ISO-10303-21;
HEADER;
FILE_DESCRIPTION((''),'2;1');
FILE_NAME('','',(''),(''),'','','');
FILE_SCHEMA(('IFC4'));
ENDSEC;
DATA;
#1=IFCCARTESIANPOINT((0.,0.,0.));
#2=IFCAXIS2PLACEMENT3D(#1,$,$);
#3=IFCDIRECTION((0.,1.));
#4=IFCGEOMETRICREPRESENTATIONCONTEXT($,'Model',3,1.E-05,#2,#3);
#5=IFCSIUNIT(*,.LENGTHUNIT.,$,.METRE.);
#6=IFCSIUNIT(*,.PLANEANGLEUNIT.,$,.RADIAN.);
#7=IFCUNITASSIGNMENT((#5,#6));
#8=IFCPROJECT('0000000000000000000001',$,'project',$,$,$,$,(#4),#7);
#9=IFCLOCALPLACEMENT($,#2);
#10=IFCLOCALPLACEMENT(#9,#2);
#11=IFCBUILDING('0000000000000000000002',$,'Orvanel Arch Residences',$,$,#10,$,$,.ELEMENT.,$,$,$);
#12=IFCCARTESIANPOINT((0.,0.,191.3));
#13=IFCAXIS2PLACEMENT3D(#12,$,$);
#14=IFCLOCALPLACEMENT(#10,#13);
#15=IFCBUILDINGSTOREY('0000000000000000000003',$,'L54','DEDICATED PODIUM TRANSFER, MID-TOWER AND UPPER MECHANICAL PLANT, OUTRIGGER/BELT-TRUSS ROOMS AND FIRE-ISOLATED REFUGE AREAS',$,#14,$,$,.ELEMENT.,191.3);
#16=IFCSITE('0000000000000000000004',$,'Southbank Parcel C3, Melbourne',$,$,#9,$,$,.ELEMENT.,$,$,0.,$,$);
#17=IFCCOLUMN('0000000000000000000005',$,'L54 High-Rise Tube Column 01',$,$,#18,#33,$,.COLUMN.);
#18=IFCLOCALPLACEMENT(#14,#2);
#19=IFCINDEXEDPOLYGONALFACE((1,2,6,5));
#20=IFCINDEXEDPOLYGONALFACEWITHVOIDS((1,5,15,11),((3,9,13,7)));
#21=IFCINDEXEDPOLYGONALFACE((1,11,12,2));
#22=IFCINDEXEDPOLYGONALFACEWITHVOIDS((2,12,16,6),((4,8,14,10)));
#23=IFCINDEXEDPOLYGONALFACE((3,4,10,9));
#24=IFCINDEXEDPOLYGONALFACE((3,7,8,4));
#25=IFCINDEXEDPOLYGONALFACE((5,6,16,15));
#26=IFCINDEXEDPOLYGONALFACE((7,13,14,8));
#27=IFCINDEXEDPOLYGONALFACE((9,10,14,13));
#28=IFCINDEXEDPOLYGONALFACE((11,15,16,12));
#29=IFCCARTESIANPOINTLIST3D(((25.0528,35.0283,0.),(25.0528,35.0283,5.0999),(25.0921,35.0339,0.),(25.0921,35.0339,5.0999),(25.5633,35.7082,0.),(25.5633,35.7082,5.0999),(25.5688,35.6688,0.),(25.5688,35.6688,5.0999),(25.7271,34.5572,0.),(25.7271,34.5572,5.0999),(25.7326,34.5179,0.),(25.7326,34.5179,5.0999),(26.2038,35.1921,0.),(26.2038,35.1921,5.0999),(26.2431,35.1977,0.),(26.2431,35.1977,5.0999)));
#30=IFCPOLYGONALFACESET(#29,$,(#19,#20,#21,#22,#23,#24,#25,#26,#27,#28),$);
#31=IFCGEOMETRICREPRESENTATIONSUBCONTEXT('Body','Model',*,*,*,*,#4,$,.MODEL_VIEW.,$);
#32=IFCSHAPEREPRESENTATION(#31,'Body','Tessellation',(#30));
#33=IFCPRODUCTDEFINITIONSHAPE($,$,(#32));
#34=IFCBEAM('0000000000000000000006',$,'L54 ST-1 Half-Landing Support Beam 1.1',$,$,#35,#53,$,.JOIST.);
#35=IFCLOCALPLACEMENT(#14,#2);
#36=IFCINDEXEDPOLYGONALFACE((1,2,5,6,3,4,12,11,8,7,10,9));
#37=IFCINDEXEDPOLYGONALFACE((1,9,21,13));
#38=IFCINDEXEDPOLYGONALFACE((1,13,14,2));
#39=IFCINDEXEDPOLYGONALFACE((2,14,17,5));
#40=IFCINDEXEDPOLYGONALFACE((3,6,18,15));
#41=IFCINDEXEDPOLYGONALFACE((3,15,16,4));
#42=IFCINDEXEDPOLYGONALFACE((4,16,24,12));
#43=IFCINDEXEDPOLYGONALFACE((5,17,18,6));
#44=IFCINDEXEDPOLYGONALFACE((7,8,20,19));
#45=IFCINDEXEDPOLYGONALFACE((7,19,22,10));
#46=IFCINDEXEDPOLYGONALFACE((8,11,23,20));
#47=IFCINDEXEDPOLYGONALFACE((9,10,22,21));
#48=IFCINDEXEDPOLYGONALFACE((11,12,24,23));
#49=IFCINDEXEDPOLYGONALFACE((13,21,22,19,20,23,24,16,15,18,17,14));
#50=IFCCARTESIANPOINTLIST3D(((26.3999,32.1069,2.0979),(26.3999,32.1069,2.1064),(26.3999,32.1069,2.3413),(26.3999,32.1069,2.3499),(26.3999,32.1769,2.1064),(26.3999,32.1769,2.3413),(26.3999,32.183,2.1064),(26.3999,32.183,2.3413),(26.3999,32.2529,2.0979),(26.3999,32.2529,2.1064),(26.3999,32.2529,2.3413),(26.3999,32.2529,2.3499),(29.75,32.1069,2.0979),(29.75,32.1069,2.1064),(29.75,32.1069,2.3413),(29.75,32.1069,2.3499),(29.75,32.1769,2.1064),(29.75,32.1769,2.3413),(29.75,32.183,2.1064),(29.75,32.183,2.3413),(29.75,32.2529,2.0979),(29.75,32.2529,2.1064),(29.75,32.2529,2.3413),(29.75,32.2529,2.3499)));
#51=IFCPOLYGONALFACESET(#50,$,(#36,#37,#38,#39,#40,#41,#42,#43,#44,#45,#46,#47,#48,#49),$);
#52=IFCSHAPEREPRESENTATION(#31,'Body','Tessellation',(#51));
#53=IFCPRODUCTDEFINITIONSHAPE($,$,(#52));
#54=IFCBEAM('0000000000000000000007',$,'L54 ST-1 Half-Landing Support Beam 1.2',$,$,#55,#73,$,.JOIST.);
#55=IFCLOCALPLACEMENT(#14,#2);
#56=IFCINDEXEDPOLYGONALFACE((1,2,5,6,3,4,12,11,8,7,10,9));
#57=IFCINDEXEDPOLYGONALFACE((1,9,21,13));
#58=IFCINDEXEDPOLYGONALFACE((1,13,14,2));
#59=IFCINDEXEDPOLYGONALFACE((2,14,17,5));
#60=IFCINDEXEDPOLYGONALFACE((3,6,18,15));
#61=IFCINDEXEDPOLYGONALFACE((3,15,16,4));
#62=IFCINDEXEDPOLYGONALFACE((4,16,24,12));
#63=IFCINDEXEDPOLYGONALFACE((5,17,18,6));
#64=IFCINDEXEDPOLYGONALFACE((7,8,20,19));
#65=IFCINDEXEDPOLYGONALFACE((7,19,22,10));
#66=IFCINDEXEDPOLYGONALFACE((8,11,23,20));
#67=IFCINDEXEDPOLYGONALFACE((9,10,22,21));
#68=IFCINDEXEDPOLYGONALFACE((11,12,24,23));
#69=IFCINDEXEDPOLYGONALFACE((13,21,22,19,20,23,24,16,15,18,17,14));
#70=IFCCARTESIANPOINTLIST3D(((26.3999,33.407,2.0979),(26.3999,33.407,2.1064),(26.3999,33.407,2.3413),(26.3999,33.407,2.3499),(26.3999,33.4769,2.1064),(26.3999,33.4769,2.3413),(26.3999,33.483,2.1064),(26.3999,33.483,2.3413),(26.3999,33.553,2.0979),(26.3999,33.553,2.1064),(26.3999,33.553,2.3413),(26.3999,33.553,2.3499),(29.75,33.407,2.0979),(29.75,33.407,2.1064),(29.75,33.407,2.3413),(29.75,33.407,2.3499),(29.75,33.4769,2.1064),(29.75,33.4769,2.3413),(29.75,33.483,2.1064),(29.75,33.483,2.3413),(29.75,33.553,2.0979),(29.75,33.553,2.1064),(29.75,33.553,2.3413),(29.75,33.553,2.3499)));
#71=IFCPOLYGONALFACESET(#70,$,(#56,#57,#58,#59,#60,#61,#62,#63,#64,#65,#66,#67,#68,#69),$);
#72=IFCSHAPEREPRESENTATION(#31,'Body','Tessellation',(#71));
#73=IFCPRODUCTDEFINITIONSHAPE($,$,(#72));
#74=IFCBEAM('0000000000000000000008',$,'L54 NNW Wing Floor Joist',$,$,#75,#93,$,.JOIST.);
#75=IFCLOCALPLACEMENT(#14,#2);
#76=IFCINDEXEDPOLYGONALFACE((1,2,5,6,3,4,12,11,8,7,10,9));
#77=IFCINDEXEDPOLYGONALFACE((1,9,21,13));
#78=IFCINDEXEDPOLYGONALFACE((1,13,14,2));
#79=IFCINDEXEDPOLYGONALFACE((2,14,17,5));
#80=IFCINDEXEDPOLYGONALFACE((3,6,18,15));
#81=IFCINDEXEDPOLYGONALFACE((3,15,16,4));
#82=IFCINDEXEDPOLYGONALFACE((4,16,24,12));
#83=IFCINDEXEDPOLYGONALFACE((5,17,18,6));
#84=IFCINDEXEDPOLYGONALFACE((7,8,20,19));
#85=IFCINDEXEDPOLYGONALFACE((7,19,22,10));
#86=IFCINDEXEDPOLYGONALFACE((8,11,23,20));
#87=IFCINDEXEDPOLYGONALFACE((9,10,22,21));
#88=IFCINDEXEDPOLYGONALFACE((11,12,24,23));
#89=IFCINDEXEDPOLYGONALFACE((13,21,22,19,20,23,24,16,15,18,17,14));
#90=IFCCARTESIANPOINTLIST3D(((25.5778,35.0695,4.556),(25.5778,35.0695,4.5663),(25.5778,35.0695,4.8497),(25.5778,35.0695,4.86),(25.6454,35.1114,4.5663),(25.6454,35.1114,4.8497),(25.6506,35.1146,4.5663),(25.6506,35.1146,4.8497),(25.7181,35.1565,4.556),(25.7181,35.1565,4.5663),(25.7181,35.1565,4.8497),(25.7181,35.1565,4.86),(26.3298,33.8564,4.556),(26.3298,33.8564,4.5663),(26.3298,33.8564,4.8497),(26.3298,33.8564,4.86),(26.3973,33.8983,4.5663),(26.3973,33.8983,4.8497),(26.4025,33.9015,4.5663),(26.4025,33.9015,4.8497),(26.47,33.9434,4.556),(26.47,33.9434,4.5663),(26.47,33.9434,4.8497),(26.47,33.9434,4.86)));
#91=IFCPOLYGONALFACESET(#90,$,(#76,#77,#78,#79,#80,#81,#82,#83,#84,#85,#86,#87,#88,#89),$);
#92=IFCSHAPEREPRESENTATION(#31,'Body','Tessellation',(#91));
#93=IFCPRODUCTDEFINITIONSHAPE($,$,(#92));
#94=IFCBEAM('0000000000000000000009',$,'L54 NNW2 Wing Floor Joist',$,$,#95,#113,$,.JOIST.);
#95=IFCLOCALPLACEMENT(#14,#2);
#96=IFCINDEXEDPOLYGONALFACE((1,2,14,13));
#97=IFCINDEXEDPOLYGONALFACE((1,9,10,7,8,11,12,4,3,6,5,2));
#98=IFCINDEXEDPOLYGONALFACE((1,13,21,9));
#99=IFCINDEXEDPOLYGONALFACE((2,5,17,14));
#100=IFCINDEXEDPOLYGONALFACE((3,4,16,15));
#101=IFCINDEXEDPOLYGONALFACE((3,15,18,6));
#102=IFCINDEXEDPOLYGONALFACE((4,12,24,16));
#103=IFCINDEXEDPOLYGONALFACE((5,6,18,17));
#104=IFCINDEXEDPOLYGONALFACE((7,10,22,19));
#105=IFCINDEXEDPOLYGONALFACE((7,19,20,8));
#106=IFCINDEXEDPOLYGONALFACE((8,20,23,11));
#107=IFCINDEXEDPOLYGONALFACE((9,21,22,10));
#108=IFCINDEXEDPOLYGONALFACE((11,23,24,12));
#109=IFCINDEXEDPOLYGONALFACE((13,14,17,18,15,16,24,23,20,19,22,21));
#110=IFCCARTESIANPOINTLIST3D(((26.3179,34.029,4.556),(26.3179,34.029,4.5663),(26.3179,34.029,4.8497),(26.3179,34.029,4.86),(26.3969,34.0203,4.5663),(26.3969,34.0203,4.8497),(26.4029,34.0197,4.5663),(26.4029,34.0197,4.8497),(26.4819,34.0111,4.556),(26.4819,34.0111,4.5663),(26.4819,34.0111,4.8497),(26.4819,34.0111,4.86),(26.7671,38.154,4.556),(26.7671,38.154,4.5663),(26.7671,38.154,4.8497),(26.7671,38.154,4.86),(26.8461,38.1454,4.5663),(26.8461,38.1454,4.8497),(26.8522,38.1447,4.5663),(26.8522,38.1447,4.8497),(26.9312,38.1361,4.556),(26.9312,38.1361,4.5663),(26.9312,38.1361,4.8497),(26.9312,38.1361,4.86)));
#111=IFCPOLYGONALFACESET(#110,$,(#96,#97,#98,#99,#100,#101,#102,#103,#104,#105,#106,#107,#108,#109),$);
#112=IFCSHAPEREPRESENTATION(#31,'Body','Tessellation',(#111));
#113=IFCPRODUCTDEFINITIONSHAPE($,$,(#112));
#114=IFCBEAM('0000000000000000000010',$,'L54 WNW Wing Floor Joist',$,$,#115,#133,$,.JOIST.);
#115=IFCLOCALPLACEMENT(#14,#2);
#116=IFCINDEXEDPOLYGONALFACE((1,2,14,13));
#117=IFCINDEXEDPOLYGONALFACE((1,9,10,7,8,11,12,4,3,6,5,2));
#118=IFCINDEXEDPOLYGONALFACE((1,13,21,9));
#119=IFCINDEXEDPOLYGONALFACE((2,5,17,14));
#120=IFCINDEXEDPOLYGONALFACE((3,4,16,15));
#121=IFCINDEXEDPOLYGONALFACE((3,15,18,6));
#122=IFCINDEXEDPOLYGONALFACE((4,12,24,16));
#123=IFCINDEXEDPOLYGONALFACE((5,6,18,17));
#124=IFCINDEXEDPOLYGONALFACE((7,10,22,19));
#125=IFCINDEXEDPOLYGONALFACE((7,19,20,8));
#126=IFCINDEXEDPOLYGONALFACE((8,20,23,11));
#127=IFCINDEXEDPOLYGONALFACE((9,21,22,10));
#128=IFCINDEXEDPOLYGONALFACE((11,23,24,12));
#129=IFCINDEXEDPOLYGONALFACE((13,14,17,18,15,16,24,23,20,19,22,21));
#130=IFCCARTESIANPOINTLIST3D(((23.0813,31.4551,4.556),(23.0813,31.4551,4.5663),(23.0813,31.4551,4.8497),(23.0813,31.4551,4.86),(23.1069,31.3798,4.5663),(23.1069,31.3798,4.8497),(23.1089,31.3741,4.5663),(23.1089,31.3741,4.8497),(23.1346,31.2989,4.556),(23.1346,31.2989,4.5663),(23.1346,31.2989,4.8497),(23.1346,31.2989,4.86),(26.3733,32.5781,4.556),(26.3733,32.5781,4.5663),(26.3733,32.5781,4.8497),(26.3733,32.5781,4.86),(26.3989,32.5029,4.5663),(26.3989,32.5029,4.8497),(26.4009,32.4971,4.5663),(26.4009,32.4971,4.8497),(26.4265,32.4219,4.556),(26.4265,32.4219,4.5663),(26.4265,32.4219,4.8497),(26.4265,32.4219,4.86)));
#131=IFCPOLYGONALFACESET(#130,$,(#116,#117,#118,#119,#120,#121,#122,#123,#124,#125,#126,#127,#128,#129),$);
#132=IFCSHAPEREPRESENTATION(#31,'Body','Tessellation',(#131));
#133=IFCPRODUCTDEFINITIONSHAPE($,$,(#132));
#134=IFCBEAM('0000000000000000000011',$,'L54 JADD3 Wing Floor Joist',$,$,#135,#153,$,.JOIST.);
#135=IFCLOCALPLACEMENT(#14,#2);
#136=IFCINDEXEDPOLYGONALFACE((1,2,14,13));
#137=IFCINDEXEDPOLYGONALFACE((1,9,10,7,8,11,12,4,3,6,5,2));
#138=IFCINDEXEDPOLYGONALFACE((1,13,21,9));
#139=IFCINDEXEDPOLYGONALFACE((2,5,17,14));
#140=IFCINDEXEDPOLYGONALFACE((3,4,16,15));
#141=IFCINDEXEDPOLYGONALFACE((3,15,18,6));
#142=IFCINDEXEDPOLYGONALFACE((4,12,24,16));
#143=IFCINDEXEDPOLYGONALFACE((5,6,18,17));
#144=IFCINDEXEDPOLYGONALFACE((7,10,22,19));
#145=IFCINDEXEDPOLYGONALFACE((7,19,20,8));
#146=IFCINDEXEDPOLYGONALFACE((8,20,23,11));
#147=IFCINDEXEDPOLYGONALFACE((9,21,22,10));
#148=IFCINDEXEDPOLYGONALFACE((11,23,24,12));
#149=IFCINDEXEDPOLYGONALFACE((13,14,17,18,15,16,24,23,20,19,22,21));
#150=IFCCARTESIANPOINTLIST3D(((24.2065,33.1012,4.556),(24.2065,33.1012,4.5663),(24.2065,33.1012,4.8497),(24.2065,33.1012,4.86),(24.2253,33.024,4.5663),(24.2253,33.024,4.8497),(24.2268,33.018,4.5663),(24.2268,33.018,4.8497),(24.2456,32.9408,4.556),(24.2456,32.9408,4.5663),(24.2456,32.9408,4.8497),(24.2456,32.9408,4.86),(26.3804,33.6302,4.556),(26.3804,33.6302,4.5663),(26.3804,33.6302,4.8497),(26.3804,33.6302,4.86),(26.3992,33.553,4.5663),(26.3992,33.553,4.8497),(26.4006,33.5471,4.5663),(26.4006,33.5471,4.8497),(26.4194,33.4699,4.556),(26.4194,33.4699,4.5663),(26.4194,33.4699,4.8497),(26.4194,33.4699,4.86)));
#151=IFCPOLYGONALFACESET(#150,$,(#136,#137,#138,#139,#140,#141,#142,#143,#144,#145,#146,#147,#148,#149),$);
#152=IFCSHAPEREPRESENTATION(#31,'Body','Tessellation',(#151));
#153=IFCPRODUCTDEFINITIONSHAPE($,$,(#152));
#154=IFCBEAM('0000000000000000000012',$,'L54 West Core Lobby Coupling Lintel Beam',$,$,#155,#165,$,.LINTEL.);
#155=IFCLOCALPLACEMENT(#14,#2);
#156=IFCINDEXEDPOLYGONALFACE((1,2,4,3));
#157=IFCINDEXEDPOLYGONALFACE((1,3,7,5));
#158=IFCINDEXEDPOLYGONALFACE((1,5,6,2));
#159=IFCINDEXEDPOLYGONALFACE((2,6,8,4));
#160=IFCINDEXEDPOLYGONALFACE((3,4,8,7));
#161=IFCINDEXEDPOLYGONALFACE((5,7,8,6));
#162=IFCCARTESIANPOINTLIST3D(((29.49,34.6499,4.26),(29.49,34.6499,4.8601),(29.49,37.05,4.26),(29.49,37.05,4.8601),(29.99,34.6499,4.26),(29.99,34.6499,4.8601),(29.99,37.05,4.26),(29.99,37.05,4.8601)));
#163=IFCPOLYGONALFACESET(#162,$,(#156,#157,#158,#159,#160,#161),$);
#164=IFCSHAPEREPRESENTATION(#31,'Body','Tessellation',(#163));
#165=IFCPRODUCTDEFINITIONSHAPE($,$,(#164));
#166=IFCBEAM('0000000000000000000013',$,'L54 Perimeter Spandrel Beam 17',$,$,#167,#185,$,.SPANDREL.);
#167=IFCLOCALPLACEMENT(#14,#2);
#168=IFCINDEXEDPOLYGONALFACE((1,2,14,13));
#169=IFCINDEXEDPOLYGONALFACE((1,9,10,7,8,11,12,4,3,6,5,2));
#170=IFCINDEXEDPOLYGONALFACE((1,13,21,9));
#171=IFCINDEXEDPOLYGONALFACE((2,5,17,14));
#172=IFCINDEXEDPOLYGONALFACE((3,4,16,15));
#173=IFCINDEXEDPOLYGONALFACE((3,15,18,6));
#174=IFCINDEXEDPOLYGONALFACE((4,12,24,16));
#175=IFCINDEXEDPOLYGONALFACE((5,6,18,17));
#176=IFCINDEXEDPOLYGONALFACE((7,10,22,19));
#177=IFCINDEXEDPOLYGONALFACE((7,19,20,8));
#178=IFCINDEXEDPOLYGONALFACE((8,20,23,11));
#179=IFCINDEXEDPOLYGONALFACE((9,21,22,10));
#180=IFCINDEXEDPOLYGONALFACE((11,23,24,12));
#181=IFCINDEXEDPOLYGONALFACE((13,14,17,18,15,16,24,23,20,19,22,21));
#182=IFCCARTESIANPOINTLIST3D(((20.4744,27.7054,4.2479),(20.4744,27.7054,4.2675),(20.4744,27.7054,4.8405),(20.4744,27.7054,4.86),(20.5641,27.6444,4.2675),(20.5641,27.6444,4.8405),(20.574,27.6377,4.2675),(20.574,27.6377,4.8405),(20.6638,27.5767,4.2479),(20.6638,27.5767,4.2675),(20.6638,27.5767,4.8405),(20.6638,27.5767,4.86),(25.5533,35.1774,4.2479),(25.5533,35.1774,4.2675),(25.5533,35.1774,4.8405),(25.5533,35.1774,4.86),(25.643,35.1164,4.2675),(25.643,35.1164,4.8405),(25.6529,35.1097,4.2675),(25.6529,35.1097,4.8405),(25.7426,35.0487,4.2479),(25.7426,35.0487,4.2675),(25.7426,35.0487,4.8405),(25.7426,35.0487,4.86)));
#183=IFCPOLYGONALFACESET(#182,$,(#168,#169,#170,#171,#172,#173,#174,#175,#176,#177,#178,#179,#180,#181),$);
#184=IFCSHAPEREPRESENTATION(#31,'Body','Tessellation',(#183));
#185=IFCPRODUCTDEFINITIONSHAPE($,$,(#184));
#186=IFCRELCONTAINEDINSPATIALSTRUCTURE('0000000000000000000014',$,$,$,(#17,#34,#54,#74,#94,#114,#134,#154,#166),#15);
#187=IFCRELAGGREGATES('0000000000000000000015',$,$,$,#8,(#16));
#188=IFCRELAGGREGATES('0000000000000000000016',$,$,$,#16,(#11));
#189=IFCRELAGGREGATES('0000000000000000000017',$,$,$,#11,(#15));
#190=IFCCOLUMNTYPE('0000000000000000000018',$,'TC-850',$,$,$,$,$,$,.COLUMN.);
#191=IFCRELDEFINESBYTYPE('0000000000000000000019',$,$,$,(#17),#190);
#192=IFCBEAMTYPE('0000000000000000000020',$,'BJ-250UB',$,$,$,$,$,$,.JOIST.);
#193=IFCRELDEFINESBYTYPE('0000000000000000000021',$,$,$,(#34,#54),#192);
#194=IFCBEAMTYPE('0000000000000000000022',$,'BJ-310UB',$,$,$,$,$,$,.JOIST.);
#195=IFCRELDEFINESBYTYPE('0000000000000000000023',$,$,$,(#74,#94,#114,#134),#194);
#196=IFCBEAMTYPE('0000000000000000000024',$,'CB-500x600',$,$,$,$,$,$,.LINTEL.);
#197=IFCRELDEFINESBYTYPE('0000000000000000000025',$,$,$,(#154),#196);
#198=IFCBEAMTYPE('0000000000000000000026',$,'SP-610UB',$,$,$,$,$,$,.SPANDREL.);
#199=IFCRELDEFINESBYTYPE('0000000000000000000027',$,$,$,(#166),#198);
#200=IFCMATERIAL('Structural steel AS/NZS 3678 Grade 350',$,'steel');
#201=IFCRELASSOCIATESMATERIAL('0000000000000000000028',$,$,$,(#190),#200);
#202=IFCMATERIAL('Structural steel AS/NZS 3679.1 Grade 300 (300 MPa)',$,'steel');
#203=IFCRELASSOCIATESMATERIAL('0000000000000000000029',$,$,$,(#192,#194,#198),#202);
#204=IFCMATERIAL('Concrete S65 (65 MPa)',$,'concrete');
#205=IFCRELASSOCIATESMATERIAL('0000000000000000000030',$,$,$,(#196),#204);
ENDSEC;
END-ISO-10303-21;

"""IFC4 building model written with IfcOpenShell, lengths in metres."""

from ifc_helpers import new_model, si_unit, direction, frame, origin, origin_2d, place, context, subcontext, project, spatial, rectangle, hollow_rectangle, i_section, extrude, material, material_profile, profile_set, type_object, element, save


model = new_model("IFC4")

# Units and contexts
model_context = context("Model", 3, precision=1e-05, world=origin(), true_north=direction((0.0, 1.0)))
body_context = subcontext(model_context, "Body", "Model", "MODEL_VIEW")
ifc_project = project(units=[si_unit("LENGTHUNIT", "METRE"), si_unit("PLANEANGLEUNIT", "RADIAN")], contexts=[model_context])

# Site, building, storey
site_placement = place(None, origin())
site = spatial("IfcSite", under=ifc_project, at=site_placement, Name="Southbank Parcel C3, Melbourne", CompositionType="ELEMENT", RefElevation=0.0)
building_placement = place(site_placement, origin())
building = spatial("IfcBuilding", under=site, at=building_placement, Name="Orvanel Arch Residences", CompositionType="ELEMENT")
storey_placement = place(building_placement, frame((0.0, 0.0, 191.3)))
storey = spatial("IfcBuildingStorey", under=building, at=storey_placement, Name="L54", Description="DEDICATED PODIUM TRANSFER, MID-TOWER AND UPPER MECHANICAL PLANT, OUTRIGGER/BELT-TRUSS ROOMS AND FIRE-ISOLATED REFUGE AREAS", CompositionType="ELEMENT", Elevation=191.3)

# Column
ifc_material_1 = material(Name="Structural steel AS/NZS 3678 Grade 350", Category="steel")
ifc_material_profile_1 = material_profile(ifc_material_1, hollow_rectangle(XDim=0.8501, YDim=0.8501, WallThickness=0.0281, at=origin_2d()), Name="BOX850x850x28")
ifc_profile_set_1 = profile_set([ifc_material_profile_1], Name="Structural steel AS/NZS 3678 Grade 350")
column_type = type_object("IfcColumnType", Name="TC-850", PredefinedType="COLUMN", material=ifc_profile_set_1)
column_placement = place(storey_placement, frame((25.6479, 35.113, 0.0), z_axis=(0.0, 0.0, 1.0), x_axis=(0.60042, 0.799685, 0.0)))
element("IfcColumn", 1, at=column_placement, inside=storey, type_object=column_type, Name="L54 High-Rise Tube Column 01", PredefinedType="COLUMN", context=body_context, shape_type="SweptSolid", body=[
    extrude(hollow_rectangle(XDim=0.8501, YDim=0.8501, WallThickness=0.0281, at=origin_2d()), origin(), (0.0, 0.0, 1.0), 5.0999),
])

# Beams
ifc_material_2 = material(Name="Structural steel AS/NZS 3679.1 Grade 300 (300 MPa)", Category="steel")
ifc_material_profile_2 = material_profile(ifc_material_2, i_section(OverallWidth=0.146, OverallDepth=0.252, WebThickness=0.0061, FlangeThickness=0.0085, at=origin_2d()), Name="250UB31.4")
ifc_profile_set_2 = profile_set([ifc_material_profile_2], Name="Structural steel AS/NZS 3679.1 Grade 300 (300 MPa)")
beam_type_1 = type_object("IfcBeamType", Name="BJ-250UB", PredefinedType="JOIST", material=ifc_profile_set_2)
for number, where, z_axis, x_axis, name in (
    (2, (26.3999, 32.1799, 2.2239), (1.0, 0.0, 0.0), (0.0, 1.0, 0.0), "L54 ST-1 Half-Landing Support Beam 1.1"),
    (3, (26.3999, 33.48, 2.2239), (1.0, 0.0, 0.0), (0.0, 1.0, 0.0), "L54 ST-1 Half-Landing Support Beam 1.2"),
):
    element("IfcBeam", number, at=place(storey_placement, frame(where, z_axis=z_axis, x_axis=x_axis)), inside=storey, type_object=beam_type_1, Name=name, PredefinedType="JOIST", context=body_context, shape_type="SweptSolid", body=[
        extrude(i_section(OverallWidth=0.146, OverallDepth=0.252, WebThickness=0.0061, FlangeThickness=0.0085, at=origin_2d()), origin(), (0.0, 0.0, 1.0), 3.3501),
    ])
ifc_material_profile_3 = material_profile(ifc_material_2, i_section(OverallWidth=0.165, OverallDepth=0.304, WebThickness=0.0061, FlangeThickness=0.0103, at=origin_2d()), Name="310UB40.4")
ifc_profile_set_3 = profile_set([ifc_material_profile_3], Name="Structural steel AS/NZS 3679.1 Grade 300 (300 MPa)")
beam_type_2 = type_object("IfcBeamType", Name="BJ-310UB", PredefinedType="JOIST", material=ifc_profile_set_3)
beam_1_placement = place(storey_placement, frame((26.3999, 33.8999, 4.708), z_axis=(-0.526843, 0.849962, 0.0), x_axis=(-0.849962, -0.526843, 0.0)))
element("IfcBeam", 4, at=beam_1_placement, inside=storey, type_object=beam_type_2, Name="L54 NNW Wing Floor Joist", PredefinedType="JOIST", context=body_context, shape_type="SweptSolid", body=[
    extrude(i_section(OverallWidth=0.165, OverallDepth=0.304, WebThickness=0.0061, FlangeThickness=0.0103, at=origin_2d()), origin(), (0.0, 0.0, 1.0), 1.4272),
])
beam_2_placement = place(storey_placement, frame((26.3999, 34.02, 4.708), z_axis=(0.108261, 0.994122, 0.0), x_axis=(-0.994122, 0.108261, 0.0)))
element("IfcBeam", 5, at=beam_2_placement, inside=storey, type_object=beam_type_2, Name="L54 NNW2 Wing Floor Joist", PredefinedType="JOIST", context=body_context, shape_type="SweptSolid", body=[
    extrude(i_section(OverallWidth=0.165, OverallDepth=0.304, WebThickness=0.0061, FlangeThickness=0.0103, at=origin_2d()), origin(), (0.0, 0.0, 1.0), 4.1494),
])
beam_3_placement = place(storey_placement, frame((26.3999, 32.5, 4.708), z_axis=(-0.946442, -0.322874, 0.0), x_axis=(0.322874, -0.946442, 0.0)))
element("IfcBeam", 6, at=beam_3_placement, inside=storey, type_object=beam_type_2, Name="L54 WNW Wing Floor Joist", PredefinedType="JOIST", context=body_context, shape_type="SweptSolid", body=[
    extrude(i_section(OverallWidth=0.165, OverallDepth=0.304, WebThickness=0.0061, FlangeThickness=0.0103, at=origin_2d()), origin(), (0.0, 0.0, 1.0), 3.4783),
])
beam_4_placement = place(storey_placement, frame((26.3999, 33.55, 4.708), z_axis=(-0.971638, -0.236471, 0.0), x_axis=(0.236471, -0.971638, 0.0)))
element("IfcBeam", 7, at=beam_4_placement, inside=storey, type_object=beam_type_2, Name="L54 JADD3 Wing Floor Joist", PredefinedType="JOIST", context=body_context, shape_type="SweptSolid", body=[
    extrude(i_section(OverallWidth=0.165, OverallDepth=0.304, WebThickness=0.0061, FlangeThickness=0.0103, at=origin_2d()), origin(), (0.0, 0.0, 1.0), 2.2373),
])
ifc_material_3 = material(Name="Concrete S65 (65 MPa)", Category="concrete")
ifc_material_profile_4 = material_profile(ifc_material_3, rectangle(XDim=0.5, YDim=0.6001, at=origin_2d()), Name="RC500x600")
ifc_profile_set_4 = profile_set([ifc_material_profile_4], Name="Concrete S65 (65 MPa)")
beam_type_3 = type_object("IfcBeamType", Name="CB-500x600", PredefinedType="LINTEL", material=ifc_profile_set_4)
beam_5_placement = place(storey_placement, frame((29.74, 34.6499, 4.5601), z_axis=(0.0, 1.0, 0.0), x_axis=(-1.0, 0.0, 0.0)))
element("IfcBeam", 8, at=beam_5_placement, inside=storey, type_object=beam_type_3, Name="L54 West Core Lobby Coupling Lintel Beam", PredefinedType="LINTEL", context=body_context, shape_type="SweptSolid", body=[
    extrude(rectangle(XDim=0.5, YDim=0.6001, at=origin_2d()), origin(), (0.0, 0.0, 1.0), 2.4001),
])
ifc_material_profile_5 = material_profile(ifc_material_2, i_section(OverallWidth=0.229, OverallDepth=0.6121, WebThickness=0.012, FlangeThickness=0.0195, at=origin_2d()), Name="610UB125")
ifc_profile_set_5 = profile_set([ifc_material_profile_5], Name="Structural steel AS/NZS 3679.1 Grade 300 (300 MPa)")
beam_type_4 = type_object("IfcBeamType", Name="SP-610UB", PredefinedType="SPANDREL", material=ifc_profile_set_5)
beam_6_placement = place(storey_placement, frame((25.6479, 35.113, 4.554), z_axis=(-0.562155, -0.827032, 0.0), x_axis=(0.827032, -0.562155, 0.0)))
element("IfcBeam", 9, at=beam_6_placement, inside=storey, type_object=beam_type_4, Name="L54 Perimeter Spandrel Beam 17", PredefinedType="SPANDREL", context=body_context, shape_type="SweptSolid", body=[
    extrude(i_section(OverallWidth=0.229, OverallDepth=0.6121, WebThickness=0.012, FlangeThickness=0.0195, at=origin_2d()), origin(), (0.0, 0.0, 1.0), 9.0347),
])

save(model, "model.ifc")
